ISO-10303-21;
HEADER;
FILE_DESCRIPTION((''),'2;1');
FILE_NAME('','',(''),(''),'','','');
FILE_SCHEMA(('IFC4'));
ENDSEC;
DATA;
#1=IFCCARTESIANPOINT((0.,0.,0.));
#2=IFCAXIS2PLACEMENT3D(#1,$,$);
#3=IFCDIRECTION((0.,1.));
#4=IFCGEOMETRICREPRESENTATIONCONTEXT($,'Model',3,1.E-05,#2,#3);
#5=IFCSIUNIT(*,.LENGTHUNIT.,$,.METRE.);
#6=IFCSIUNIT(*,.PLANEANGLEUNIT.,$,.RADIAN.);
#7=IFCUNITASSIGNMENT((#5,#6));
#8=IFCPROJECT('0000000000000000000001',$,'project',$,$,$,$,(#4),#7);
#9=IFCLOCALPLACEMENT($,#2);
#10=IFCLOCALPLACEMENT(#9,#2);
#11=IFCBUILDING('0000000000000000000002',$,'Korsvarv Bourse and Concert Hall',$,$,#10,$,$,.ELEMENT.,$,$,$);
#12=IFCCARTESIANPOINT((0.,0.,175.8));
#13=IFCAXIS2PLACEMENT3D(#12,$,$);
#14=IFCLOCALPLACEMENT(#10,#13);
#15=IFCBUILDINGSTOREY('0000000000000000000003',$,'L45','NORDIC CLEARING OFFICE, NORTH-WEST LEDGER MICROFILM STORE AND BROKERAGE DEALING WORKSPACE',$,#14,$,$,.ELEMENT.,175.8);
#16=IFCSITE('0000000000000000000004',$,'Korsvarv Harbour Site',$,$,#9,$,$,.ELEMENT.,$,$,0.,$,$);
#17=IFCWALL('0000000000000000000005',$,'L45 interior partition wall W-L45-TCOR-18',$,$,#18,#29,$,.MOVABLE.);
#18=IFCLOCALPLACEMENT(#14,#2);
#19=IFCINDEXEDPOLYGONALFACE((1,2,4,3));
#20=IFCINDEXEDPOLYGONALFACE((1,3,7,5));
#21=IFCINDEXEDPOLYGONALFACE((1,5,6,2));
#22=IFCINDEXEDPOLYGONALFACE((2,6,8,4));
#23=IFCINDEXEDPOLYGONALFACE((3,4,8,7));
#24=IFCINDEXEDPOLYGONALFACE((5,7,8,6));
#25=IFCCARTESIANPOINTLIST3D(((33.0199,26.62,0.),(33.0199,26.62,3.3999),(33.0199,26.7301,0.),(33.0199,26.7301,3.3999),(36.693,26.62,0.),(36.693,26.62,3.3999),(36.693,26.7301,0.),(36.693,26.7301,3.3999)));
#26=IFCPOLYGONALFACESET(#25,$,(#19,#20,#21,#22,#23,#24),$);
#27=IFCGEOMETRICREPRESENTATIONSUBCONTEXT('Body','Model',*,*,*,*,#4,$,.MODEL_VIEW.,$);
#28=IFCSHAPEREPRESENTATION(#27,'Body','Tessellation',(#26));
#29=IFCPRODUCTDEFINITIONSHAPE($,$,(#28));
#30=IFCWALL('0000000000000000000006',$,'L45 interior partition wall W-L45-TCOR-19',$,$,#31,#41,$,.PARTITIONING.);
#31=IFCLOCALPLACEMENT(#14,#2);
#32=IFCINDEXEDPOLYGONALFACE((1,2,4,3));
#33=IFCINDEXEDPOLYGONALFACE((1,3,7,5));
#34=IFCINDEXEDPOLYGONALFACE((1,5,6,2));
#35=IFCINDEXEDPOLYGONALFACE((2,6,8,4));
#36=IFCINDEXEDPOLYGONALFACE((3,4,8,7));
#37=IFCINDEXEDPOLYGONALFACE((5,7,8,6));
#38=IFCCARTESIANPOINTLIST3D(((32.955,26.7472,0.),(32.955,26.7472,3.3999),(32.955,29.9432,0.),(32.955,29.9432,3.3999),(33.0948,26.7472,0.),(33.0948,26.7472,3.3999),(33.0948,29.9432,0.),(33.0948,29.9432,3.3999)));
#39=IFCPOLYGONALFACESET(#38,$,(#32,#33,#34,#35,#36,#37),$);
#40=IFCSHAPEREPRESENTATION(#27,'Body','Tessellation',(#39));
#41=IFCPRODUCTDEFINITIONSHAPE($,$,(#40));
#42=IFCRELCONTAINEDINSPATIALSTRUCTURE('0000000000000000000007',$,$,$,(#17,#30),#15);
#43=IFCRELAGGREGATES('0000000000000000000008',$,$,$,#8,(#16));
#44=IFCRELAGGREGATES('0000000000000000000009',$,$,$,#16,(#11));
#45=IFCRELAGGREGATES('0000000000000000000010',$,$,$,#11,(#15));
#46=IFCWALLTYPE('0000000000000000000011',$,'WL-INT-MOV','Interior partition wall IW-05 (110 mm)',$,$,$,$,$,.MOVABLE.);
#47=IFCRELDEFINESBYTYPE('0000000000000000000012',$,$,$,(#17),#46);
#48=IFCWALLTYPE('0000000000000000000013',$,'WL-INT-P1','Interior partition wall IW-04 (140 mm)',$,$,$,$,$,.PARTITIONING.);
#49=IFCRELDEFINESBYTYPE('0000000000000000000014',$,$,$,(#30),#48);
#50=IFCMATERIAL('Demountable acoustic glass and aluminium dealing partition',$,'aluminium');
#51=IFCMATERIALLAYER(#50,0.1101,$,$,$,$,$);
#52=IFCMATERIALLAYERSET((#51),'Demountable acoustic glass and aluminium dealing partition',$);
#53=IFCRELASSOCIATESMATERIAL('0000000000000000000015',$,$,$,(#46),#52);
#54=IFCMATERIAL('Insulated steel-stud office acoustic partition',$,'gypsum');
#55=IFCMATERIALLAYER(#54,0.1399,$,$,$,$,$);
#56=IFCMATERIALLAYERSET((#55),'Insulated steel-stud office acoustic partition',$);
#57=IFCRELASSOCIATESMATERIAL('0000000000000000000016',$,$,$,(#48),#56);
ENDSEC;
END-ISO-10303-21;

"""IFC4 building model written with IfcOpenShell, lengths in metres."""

from ifc_helpers import new_model, si_unit, direction, frame, frame_2d, origin, place, context, subcontext, project, spatial, rectangle, extrude, material, layer, layer_set, type_object, element, save


model = new_model("IFC4")

# Units and contexts
model_context = context("Model", 3, precision=1e-05, world=origin(), true_north=direction((0.0, 1.0)))
body_context = subcontext(model_context, "Body", "Model", "MODEL_VIEW")
ifc_project = project(units=[si_unit("LENGTHUNIT", "METRE"), si_unit("PLANEANGLEUNIT", "RADIAN")], contexts=[model_context])

# Site, building, storey
site_placement = place(None, origin())
site = spatial("IfcSite", under=ifc_project, at=site_placement, Name="Korsvarv Harbour Site", CompositionType="ELEMENT", RefElevation=0.0)
building_placement = place(site_placement, origin())
building = spatial("IfcBuilding", under=site, at=building_placement, Name="Korsvarv Bourse and Concert Hall", CompositionType="ELEMENT")
storey_placement = place(building_placement, frame((0.0, 0.0, 175.8)))
storey = spatial("IfcBuildingStorey", under=building, at=storey_placement, Name="L45", Description="NORDIC CLEARING OFFICE, NORTH-WEST LEDGER MICROFILM STORE AND BROKERAGE DEALING WORKSPACE", CompositionType="ELEMENT", Elevation=175.8)

# Walls
ifc_material_1 = material(Name="Demountable acoustic glass and aluminium dealing partition", Category="aluminium")
ifc_layer_1 = layer(ifc_material_1, 0.1101)
ifc_layer_set_1 = layer_set([ifc_layer_1], Name="Demountable acoustic glass and aluminium dealing partition")
wall_type_1 = type_object("IfcWallType", Name="WL-INT-MOV", Description="Interior partition wall IW-05 (110 mm)", PredefinedType="MOVABLE", material=ifc_layer_set_1)
wall_1_placement = place(storey_placement, frame((33.02, 26.675, 0.0), z_axis=(0.0, 0.0, 1.0), x_axis=(1.0, 0.0, 0.0)))
element("IfcWall", 1, at=wall_1_placement, inside=storey, type_object=wall_type_1, Name="L45 interior partition wall W-L45-TCOR-18", PredefinedType="MOVABLE", context=body_context, shape_type="SweptSolid", body=[
    extrude(rectangle(XDim=3.6731, YDim=0.1101, at=frame_2d((1.8364, 0.0))), origin(), (0.0, 0.0, 1.0), 3.3999),
])
ifc_material_2 = material(Name="Insulated steel-stud office acoustic partition", Category="gypsum")
ifc_layer_2 = layer(ifc_material_2, 0.1399)
ifc_layer_set_2 = layer_set([ifc_layer_2], Name="Insulated steel-stud office acoustic partition")
wall_type_2 = type_object("IfcWallType", Name="WL-INT-P1", Description="Interior partition wall IW-04 (140 mm)", PredefinedType="PARTITIONING", material=ifc_layer_set_2)
wall_2_placement = place(storey_placement, frame((33.0249, 26.7471, 0.0), z_axis=(0.0, 0.0, 1.0), x_axis=(0.0, 1.0, 0.0)))
element("IfcWall", 2, at=wall_2_placement, inside=storey, type_object=wall_type_2, Name="L45 interior partition wall W-L45-TCOR-19", PredefinedType="PARTITIONING", context=body_context, shape_type="SweptSolid", body=[
    extrude(rectangle(XDim=3.196, YDim=0.1399, at=frame_2d((1.5981, 0.0))), origin(), (0.0, 0.0, 1.0), 3.3999),
])

save(model, "model.ifc")
